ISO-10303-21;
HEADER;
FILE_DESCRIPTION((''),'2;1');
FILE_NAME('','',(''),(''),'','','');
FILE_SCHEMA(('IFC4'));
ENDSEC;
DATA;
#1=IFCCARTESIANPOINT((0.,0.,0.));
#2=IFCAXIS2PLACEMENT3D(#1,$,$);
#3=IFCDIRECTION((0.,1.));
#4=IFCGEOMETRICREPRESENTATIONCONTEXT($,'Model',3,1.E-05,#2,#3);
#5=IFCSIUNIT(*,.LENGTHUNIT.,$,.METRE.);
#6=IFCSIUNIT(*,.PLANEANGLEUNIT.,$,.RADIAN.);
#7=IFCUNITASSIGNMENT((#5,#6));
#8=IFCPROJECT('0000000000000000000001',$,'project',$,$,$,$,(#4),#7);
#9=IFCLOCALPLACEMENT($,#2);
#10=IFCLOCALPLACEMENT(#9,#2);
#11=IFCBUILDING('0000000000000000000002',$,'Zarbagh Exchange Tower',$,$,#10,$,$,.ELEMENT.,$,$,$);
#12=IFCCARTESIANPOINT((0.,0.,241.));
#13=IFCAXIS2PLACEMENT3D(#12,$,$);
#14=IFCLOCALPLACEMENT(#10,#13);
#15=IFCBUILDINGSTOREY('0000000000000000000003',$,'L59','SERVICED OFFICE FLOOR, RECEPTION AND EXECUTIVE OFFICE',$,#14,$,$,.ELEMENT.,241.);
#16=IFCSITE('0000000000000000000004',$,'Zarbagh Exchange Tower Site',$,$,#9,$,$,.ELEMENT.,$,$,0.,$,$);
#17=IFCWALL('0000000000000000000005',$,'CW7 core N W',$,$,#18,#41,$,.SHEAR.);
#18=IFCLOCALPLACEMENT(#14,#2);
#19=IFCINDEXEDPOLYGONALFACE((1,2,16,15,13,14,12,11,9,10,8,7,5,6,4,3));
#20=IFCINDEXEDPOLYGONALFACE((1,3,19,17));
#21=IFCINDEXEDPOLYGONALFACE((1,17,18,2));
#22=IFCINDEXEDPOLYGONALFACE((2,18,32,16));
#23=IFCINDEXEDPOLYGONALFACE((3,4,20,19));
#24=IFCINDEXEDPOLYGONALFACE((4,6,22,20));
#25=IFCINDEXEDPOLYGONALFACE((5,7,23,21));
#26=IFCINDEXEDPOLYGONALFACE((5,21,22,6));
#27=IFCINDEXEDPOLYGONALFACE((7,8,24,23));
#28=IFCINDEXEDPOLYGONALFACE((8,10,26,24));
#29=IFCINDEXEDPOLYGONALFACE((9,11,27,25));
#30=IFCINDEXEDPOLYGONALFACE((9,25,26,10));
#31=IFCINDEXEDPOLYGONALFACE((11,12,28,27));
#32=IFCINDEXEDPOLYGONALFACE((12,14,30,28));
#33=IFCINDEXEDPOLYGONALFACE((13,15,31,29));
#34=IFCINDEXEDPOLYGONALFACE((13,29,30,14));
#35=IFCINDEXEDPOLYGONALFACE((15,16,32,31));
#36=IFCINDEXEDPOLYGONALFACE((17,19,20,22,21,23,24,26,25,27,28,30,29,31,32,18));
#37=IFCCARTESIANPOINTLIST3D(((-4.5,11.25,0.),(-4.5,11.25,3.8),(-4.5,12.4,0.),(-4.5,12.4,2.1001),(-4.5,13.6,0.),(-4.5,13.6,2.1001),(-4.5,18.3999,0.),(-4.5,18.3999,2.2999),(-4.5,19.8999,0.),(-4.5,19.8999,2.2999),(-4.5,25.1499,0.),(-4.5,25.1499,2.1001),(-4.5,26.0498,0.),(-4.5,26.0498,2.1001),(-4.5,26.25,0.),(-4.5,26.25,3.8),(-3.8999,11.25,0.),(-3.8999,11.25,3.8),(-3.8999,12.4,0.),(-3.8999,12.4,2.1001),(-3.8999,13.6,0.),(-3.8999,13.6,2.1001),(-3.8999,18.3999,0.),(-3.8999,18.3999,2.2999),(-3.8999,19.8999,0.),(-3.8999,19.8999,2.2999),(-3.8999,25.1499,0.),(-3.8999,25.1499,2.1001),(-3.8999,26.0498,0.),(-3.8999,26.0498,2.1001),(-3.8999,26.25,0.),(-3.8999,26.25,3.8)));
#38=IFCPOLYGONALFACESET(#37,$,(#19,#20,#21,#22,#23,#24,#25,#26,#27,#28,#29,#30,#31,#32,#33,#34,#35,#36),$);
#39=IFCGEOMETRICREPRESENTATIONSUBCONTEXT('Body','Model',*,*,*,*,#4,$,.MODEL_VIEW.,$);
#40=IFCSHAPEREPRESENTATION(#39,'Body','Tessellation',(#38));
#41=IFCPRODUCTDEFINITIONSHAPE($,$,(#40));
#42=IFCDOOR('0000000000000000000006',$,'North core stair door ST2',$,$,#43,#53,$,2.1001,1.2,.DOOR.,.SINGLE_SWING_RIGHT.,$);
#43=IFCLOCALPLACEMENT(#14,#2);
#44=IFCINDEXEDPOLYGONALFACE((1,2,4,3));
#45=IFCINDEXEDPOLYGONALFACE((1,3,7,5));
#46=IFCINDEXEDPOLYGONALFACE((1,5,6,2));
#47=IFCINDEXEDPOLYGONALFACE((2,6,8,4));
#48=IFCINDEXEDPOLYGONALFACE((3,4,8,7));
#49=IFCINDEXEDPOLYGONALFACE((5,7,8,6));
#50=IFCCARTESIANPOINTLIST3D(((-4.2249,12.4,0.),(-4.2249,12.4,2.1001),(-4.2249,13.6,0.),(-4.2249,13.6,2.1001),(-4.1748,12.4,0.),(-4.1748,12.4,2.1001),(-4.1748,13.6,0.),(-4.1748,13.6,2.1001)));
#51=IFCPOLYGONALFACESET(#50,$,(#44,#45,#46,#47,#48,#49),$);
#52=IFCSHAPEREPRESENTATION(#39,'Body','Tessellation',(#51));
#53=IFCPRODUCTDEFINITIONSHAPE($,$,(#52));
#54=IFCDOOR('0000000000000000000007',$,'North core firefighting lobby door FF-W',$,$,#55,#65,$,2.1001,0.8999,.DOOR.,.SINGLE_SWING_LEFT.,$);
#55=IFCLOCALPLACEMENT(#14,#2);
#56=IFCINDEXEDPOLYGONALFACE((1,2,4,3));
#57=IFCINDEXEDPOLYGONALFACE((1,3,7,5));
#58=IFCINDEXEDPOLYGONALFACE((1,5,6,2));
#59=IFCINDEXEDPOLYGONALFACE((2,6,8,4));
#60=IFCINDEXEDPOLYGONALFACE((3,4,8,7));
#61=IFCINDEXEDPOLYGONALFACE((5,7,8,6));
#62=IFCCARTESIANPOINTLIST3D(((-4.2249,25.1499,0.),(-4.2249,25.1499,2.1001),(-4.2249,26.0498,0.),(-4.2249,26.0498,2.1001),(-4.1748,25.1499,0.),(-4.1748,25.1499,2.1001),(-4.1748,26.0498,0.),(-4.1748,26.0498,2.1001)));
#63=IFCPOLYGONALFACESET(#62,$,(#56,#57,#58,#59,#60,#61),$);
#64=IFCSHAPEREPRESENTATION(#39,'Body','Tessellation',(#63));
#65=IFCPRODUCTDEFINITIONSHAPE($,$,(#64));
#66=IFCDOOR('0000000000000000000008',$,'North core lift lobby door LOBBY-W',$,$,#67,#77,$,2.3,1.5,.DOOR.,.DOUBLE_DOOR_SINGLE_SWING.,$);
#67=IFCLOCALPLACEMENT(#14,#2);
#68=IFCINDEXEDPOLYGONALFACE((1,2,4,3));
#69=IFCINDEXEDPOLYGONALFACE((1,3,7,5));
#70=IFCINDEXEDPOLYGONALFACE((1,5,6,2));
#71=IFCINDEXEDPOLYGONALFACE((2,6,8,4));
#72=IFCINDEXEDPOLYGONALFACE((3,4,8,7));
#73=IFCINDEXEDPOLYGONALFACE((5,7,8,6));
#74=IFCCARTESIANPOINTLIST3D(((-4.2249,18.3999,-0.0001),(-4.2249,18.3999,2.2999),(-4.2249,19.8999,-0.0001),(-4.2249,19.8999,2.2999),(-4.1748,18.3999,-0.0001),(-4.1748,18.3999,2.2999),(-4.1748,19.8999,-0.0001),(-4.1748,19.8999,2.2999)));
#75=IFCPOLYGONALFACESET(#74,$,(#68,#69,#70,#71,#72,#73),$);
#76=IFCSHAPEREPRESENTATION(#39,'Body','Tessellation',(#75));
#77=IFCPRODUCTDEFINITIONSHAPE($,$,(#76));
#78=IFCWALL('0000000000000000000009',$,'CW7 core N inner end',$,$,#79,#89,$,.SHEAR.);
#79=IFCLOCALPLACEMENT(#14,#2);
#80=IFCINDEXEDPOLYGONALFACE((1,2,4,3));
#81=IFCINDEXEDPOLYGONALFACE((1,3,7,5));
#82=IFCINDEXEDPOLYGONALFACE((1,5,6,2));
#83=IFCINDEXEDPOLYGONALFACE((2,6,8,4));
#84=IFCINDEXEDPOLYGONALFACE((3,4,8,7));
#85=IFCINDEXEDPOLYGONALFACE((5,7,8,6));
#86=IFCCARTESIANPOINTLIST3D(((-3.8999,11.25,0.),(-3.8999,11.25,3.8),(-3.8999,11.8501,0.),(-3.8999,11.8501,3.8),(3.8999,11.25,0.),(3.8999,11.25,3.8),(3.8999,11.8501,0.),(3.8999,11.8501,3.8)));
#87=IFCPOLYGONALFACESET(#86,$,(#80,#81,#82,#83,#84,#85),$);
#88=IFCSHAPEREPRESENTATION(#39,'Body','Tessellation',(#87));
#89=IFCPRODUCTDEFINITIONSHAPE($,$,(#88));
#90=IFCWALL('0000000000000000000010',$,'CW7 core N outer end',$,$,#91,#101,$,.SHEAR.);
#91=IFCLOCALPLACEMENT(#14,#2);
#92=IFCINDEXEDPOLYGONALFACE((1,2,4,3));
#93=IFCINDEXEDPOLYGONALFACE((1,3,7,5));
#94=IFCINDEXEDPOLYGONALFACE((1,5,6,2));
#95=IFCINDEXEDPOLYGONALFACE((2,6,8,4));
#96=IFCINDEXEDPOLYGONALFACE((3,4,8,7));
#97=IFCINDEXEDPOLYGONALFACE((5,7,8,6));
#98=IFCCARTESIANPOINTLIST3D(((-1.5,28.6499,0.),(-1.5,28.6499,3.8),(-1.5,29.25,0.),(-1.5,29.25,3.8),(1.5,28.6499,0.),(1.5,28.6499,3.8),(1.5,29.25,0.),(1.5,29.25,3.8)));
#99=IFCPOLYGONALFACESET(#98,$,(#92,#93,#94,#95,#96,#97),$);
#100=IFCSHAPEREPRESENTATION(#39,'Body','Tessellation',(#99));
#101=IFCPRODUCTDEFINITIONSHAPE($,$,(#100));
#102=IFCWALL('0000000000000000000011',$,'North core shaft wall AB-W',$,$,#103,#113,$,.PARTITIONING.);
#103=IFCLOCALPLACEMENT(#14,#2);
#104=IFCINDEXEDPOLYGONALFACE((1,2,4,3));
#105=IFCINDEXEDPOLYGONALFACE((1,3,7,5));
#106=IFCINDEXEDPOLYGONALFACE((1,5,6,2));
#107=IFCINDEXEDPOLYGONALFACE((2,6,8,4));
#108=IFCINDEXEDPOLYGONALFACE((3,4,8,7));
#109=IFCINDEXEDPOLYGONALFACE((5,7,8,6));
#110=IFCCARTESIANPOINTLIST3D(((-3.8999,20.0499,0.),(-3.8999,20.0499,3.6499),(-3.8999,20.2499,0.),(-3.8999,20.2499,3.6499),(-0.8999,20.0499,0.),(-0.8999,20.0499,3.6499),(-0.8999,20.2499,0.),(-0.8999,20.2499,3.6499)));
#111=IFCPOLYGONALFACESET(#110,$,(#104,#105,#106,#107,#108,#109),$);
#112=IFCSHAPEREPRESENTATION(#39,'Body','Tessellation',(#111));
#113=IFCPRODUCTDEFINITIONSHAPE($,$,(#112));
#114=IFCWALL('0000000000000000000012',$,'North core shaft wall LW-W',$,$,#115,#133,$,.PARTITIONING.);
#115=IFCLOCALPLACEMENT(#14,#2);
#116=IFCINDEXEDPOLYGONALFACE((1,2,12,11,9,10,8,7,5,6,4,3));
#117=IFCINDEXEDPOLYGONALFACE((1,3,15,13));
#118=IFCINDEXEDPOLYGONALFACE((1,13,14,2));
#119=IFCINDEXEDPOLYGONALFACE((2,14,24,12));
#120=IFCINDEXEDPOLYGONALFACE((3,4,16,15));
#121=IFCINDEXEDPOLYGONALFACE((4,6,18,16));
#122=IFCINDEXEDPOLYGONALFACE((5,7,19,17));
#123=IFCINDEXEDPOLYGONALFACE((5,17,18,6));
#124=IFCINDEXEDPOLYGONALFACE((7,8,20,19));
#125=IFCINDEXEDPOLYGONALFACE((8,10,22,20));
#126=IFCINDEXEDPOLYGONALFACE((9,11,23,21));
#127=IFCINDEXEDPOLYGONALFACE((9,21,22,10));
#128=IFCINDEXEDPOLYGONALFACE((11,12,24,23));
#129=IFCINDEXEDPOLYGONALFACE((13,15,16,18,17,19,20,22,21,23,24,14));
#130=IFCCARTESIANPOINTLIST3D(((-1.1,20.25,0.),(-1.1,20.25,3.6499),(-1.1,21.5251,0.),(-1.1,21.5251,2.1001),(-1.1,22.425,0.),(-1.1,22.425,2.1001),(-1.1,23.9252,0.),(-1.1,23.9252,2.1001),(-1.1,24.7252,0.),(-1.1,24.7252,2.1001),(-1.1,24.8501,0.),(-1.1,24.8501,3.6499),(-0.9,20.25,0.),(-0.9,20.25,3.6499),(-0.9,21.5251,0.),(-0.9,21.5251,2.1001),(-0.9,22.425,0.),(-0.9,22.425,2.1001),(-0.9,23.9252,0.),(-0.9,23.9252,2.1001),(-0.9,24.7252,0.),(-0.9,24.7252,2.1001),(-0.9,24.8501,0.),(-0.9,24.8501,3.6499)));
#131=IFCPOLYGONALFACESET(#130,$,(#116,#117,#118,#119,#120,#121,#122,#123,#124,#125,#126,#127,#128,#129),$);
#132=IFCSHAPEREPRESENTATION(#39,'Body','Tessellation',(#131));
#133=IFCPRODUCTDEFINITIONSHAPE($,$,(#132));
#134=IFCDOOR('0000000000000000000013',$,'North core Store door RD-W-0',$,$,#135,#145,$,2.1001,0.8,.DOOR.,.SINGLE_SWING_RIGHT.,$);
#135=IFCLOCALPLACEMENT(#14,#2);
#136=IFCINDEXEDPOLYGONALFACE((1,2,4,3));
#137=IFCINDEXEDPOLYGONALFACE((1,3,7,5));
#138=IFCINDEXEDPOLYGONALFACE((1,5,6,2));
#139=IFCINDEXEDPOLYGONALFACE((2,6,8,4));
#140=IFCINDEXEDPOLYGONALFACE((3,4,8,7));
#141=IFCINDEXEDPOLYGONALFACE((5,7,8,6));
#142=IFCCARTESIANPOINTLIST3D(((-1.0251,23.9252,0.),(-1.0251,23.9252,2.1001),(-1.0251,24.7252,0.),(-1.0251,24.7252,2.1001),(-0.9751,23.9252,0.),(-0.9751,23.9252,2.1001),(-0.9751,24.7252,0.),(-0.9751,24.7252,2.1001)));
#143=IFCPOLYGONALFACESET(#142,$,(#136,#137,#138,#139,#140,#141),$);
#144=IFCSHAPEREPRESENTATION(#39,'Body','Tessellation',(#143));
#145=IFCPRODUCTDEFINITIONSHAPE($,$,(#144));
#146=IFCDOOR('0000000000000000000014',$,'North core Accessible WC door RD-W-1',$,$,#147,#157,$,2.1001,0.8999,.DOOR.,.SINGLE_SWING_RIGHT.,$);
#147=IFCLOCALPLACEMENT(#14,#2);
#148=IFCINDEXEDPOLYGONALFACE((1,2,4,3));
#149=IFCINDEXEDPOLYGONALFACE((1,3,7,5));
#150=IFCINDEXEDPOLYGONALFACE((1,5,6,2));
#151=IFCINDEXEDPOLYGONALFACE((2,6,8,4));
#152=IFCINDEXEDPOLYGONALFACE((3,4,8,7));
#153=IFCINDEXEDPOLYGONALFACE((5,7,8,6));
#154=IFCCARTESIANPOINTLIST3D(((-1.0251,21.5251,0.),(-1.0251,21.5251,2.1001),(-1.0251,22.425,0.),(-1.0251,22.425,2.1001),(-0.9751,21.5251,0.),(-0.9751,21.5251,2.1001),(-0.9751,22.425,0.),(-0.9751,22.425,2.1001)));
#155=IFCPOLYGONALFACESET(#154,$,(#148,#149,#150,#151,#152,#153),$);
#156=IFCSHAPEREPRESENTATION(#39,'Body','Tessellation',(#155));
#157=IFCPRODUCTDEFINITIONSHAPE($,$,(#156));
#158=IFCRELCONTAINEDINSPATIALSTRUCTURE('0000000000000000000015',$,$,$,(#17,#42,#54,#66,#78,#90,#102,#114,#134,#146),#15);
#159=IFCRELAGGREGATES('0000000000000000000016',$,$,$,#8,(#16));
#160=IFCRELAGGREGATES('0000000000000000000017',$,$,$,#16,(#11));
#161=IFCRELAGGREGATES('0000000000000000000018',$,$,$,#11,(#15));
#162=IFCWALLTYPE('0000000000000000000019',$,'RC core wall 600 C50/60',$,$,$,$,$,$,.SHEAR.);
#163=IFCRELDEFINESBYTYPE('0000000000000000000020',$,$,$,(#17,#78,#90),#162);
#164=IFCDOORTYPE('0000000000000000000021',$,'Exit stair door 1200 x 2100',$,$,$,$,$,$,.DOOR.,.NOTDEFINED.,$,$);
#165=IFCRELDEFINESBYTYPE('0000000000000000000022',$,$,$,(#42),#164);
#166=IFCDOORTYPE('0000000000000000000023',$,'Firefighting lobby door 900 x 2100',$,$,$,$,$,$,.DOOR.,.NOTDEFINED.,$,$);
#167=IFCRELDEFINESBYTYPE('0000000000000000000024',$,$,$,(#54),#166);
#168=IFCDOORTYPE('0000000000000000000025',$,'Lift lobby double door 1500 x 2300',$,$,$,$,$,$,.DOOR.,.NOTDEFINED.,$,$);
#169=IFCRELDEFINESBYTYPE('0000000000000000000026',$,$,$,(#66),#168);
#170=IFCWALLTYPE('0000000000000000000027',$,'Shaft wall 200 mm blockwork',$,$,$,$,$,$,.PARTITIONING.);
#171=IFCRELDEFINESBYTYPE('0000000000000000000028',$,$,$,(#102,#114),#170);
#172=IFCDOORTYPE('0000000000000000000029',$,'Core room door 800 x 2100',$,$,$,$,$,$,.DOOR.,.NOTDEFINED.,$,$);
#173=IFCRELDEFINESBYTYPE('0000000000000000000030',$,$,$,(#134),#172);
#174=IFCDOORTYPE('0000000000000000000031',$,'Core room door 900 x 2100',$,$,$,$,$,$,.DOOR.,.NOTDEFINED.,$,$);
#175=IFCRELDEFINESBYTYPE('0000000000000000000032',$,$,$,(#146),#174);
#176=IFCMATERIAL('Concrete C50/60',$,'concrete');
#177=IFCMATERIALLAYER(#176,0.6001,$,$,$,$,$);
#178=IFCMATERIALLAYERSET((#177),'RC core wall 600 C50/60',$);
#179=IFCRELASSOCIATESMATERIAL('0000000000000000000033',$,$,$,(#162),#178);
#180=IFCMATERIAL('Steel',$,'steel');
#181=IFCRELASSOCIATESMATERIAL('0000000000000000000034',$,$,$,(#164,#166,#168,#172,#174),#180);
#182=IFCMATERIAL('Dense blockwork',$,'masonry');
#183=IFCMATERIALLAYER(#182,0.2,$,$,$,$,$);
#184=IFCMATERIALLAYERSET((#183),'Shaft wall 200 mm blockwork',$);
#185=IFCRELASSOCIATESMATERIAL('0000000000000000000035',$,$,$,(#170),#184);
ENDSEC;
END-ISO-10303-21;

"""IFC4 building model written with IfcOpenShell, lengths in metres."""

from ifc_helpers import new_model, si_unit, direction, frame, frame_2d, origin, place, context, subcontext, project, spatial, rectangle, extrude, material, layer, layer_set, type_object, element, fill, save


model = new_model("IFC4")

# Units and contexts
model_context = context("Model", 3, precision=1e-05, world=origin(), true_north=direction((0.0, 1.0)))
body_context = subcontext(model_context, "Body", "Model", "MODEL_VIEW")
ifc_project = project(units=[si_unit("LENGTHUNIT", "METRE"), si_unit("PLANEANGLEUNIT", "RADIAN")], contexts=[model_context])

# Site, building, storey
site_placement = place(None, origin())
site = spatial("IfcSite", under=ifc_project, at=site_placement, Name="Zarbagh Exchange Tower Site", CompositionType="ELEMENT", RefElevation=0.0)
building_placement = place(site_placement, origin())
building = spatial("IfcBuilding", under=site, at=building_placement, Name="Zarbagh Exchange Tower", CompositionType="ELEMENT")
storey_placement = place(building_placement, frame((0.0, 0.0, 241.0)))
storey = spatial("IfcBuildingStorey", under=building, at=storey_placement, Name="L59", Description="SERVICED OFFICE FLOOR, RECEPTION AND EXECUTIVE OFFICE", CompositionType="ELEMENT", Elevation=241.0)

# Shared definitions
ifc_material_1 = material(Name="Concrete C50/60", Category="concrete")

# Shared definitions
ifc_material_2 = material(Name="Dense blockwork", Category="masonry")

# Wall, openings, doors
ifc_layer_1 = layer(ifc_material_1, 0.6001)
ifc_layer_set_1 = layer_set([ifc_layer_1], Name="RC core wall 600 C50/60")
wall_type_1 = type_object("IfcWallType", Name="RC core wall 600 C50/60", PredefinedType="SHEAR", material=ifc_layer_set_1)
wall_1_placement = place(storey_placement, frame((-4.2, 11.25, 0.0), z_axis=(0.0, 0.0, 1.0), x_axis=(0.0, 1.0, 0.0)))
wall_1 = element("IfcWall", 1, at=wall_1_placement, inside=storey, type_object=wall_type_1, Name="CW7 core N W", PredefinedType="SHEAR", context=body_context, shape_type="SweptSolid", body=[
    extrude(rectangle(XDim=15.0, YDim=0.6001, at=frame_2d((7.5, 0.0))), origin(), (0.0, 0.0, 1.0), 3.8),
])
opening_1_placement = place(wall_1_placement, frame((7.1499, 0.0, 0.0)))
opening_1 = element("IfcOpeningElement", 2, at=opening_1_placement, cuts=wall_1, PredefinedType="OPENING", context=body_context, shape_type="SweptSolid", body=[
    extrude(rectangle(XDim=1.5, YDim=2.3, at=frame_2d((0.75, 1.1499))), frame((0.0, 0.3101, 0.0), z_axis=(0.0, -1.0, 0.0), x_axis=(1.0, 0.0, 0.0)), (0.0, 0.0, 1.0), 0.6201),
])
opening_2_placement = place(wall_1_placement, frame((13.8999, 0.0, 0.0)))
opening_2 = element("IfcOpeningElement", 3, at=opening_2_placement, cuts=wall_1, PredefinedType="OPENING", context=body_context, shape_type="SweptSolid", body=[
    extrude(rectangle(XDim=0.8999, YDim=2.1001, at=frame_2d((0.45, 1.05))), frame((0.0, 0.3101, 0.0), z_axis=(0.0, -1.0, 0.0), x_axis=(1.0, 0.0, 0.0)), (0.0, 0.0, 1.0), 0.6201),
])
opening_3_placement = place(wall_1_placement, frame((1.1499, 0.0, 0.0)))
opening_3 = element("IfcOpeningElement", 4, at=opening_3_placement, cuts=wall_1, PredefinedType="OPENING", context=body_context, shape_type="SweptSolid", body=[
    extrude(rectangle(XDim=1.2, YDim=2.1001, at=frame_2d((0.6001, 1.05))), frame((0.0, 0.3101, 0.0), z_axis=(0.0, -1.0, 0.0), x_axis=(1.0, 0.0, 0.0)), (0.0, 0.0, 1.0), 0.6201),
])
ifc_material_3 = material(Name="Steel", Category="steel")
door_type_1 = type_object("IfcDoorType", Name="Exit stair door 1200 x 2100", OperationType="NOTDEFINED", PredefinedType="DOOR", material=ifc_material_3)
door_1_placement = place(opening_3_placement, origin())
door_1 = element("IfcDoor", 5, at=door_1_placement, inside=storey, type_object=door_type_1, Name="North core stair door ST2", OperationType="SINGLE_SWING_RIGHT", OverallHeight=2.1001, OverallWidth=1.2, PredefinedType="DOOR", context=body_context, shape_type="SweptSolid", body=[
    extrude(rectangle(XDim=1.2, YDim=2.1001, at=frame_2d((0.6001, 1.05))), frame((0.0, 0.0249, 0.0), z_axis=(0.0, -1.0, 0.0), x_axis=(1.0, 0.0, 0.0)), (0.0, 0.0, 1.0), 0.05),
])
fill(opening_3, door_1)
door_type_2 = type_object("IfcDoorType", Name="Firefighting lobby door 900 x 2100", OperationType="NOTDEFINED", PredefinedType="DOOR", material=ifc_material_3)
door_2_placement = place(opening_2_placement, origin())
door_2 = element("IfcDoor", 6, at=door_2_placement, inside=storey, type_object=door_type_2, Name="North core firefighting lobby door FF-W", OperationType="SINGLE_SWING_LEFT", OverallHeight=2.1001, OverallWidth=0.8999, PredefinedType="DOOR", context=body_context, shape_type="SweptSolid", body=[
    extrude(rectangle(XDim=0.8999, YDim=2.1001, at=frame_2d((0.45, 1.05))), frame((0.0, 0.0249, 0.0), z_axis=(0.0, -1.0, 0.0), x_axis=(1.0, 0.0, 0.0)), (0.0, 0.0, 1.0), 0.05),
])
fill(opening_2, door_2)
door_type_3 = type_object("IfcDoorType", Name="Lift lobby double door 1500 x 2300", OperationType="NOTDEFINED", PredefinedType="DOOR", material=ifc_material_3)
door_3_placement = place(opening_1_placement, origin())
door_3 = element("IfcDoor", 7, at=door_3_placement, inside=storey, type_object=door_type_3, Name="North core lift lobby door LOBBY-W", OperationType="DOUBLE_DOOR_SINGLE_SWING", OverallHeight=2.3, OverallWidth=1.5, PredefinedType="DOOR", context=body_context, shape_type="SweptSolid", body=[
    extrude(rectangle(XDim=1.5, YDim=2.3, at=frame_2d((0.75, 1.1499))), frame((0.0, 0.0249, 0.0), z_axis=(0.0, -1.0, 0.0), x_axis=(1.0, 0.0, 0.0)), (0.0, 0.0, 1.0), 0.05),
])
fill(opening_1, door_3)

# Walls
wall_2_placement = place(storey_placement, frame((-3.8999, 11.55, 0.0), z_axis=(0.0, 0.0, 1.0), x_axis=(1.0, 0.0, 0.0)))
element("IfcWall", 8, at=wall_2_placement, inside=storey, type_object=wall_type_1, Name="CW7 core N inner end", PredefinedType="SHEAR", context=body_context, shape_type="SweptSolid", body=[
    extrude(rectangle(XDim=7.7998, YDim=0.6001, at=frame_2d((3.8999, 0.0))), origin(), (0.0, 0.0, 1.0), 3.8),
])
wall_3_placement = place(storey_placement, frame((-1.5, 28.95, 0.0), z_axis=(0.0, 0.0, 1.0), x_axis=(1.0, 0.0, 0.0)))
element("IfcWall", 9, at=wall_3_placement, inside=storey, type_object=wall_type_1, Name="CW7 core N outer end", PredefinedType="SHEAR", context=body_context, shape_type="SweptSolid", body=[
    extrude(rectangle(XDim=3.0, YDim=0.6001, at=frame_2d((1.5, 0.0))), origin(), (0.0, 0.0, 1.0), 3.8),
])
ifc_layer_2 = layer(ifc_material_2, 0.2)
ifc_layer_set_2 = layer_set([ifc_layer_2], Name="Shaft wall 200 mm blockwork")
wall_type_2 = type_object("IfcWallType", Name="Shaft wall 200 mm blockwork", PredefinedType="PARTITIONING", material=ifc_layer_set_2)
wall_4_placement = place(storey_placement, frame((-3.8999, 20.1499, 0.0), z_axis=(0.0, 0.0, 1.0), x_axis=(1.0, 0.0, 0.0)))
element("IfcWall", 10, at=wall_4_placement, inside=storey, type_object=wall_type_2, Name="North core shaft wall AB-W", PredefinedType="PARTITIONING", context=body_context, shape_type="SweptSolid", body=[
    extrude(rectangle(XDim=3.0, YDim=0.2, at=frame_2d((1.5, 0.0))), origin(), (0.0, 0.0, 1.0), 3.6499),
])

# Wall, openings, doors
wall_5_placement = place(storey_placement, frame((-1.0, 24.8501, 0.0), z_axis=(0.0, 0.0, 1.0), x_axis=(0.0, -1.0, 0.0)))
wall_5 = element("IfcWall", 11, at=wall_5_placement, inside=storey, type_object=wall_type_2, Name="North core shaft wall LW-W", PredefinedType="PARTITIONING", context=body_context, shape_type="SweptSolid", body=[
    extrude(rectangle(XDim=4.6001, YDim=0.2, at=frame_2d((2.3, 0.0))), origin(), (0.0, 0.0, 1.0), 3.6499),
])
opening_4_placement = place(wall_5_placement, frame((0.125, 0.0, 0.0)))
opening_4 = element("IfcOpeningElement", 12, at=opening_4_placement, cuts=wall_5, PredefinedType="OPENING", context=body_context, shape_type="SweptSolid", body=[
    extrude(rectangle(XDim=0.8, YDim=2.1001, at=frame_2d((0.3999, 1.05))), frame((0.0, 0.1099, 0.0), z_axis=(0.0, -1.0, 0.0), x_axis=(1.0, 0.0, 0.0)), (0.0, 0.0, 1.0), 0.22),
])
opening_5_placement = place(wall_5_placement, frame((2.425, 0.0, 0.0)))
opening_5 = element("IfcOpeningElement", 13, at=opening_5_placement, cuts=wall_5, PredefinedType="OPENING", context=body_context, shape_type="SweptSolid", body=[
    extrude(rectangle(XDim=0.8999, YDim=2.1001, at=frame_2d((0.45, 1.05))), frame((0.0, 0.1099, 0.0), z_axis=(0.0, -1.0, 0.0), x_axis=(1.0, 0.0, 0.0)), (0.0, 0.0, 1.0), 0.22),
])
door_type_4 = type_object("IfcDoorType", Name="Core room door 800 x 2100", OperationType="NOTDEFINED", PredefinedType="DOOR", material=ifc_material_3)
door_4_placement = place(opening_4_placement, origin())
door_4 = element("IfcDoor", 14, at=door_4_placement, inside=storey, type_object=door_type_4, Name="North core Store door RD-W-0", OperationType="SINGLE_SWING_RIGHT", OverallHeight=2.1001, OverallWidth=0.8, PredefinedType="DOOR", context=body_context, shape_type="SweptSolid", body=[
    extrude(rectangle(XDim=0.8, YDim=2.1001, at=frame_2d((0.3999, 1.05))), frame((0.0, 0.0249, 0.0), z_axis=(0.0, -1.0, 0.0), x_axis=(1.0, 0.0, 0.0)), (0.0, 0.0, 1.0), 0.05),
])
fill(opening_4, door_4)
door_type_5 = type_object("IfcDoorType", Name="Core room door 900 x 2100", OperationType="NOTDEFINED", PredefinedType="DOOR", material=ifc_material_3)
door_5_placement = place(opening_5_placement, origin())
door_5 = element("IfcDoor", 15, at=door_5_placement, inside=storey, type_object=door_type_5, Name="North core Accessible WC door RD-W-1", OperationType="SINGLE_SWING_RIGHT", OverallHeight=2.1001, OverallWidth=0.8999, PredefinedType="DOOR", context=body_context, shape_type="SweptSolid", body=[
    extrude(rectangle(XDim=0.8999, YDim=2.1001, at=frame_2d((0.45, 1.05))), frame((0.0, 0.0249, 0.0), z_axis=(0.0, -1.0, 0.0), x_axis=(1.0, 0.0, 0.0)), (0.0, 0.0, 1.0), 0.05),
])
fill(opening_5, door_5)

save(model, "model.ifc")
